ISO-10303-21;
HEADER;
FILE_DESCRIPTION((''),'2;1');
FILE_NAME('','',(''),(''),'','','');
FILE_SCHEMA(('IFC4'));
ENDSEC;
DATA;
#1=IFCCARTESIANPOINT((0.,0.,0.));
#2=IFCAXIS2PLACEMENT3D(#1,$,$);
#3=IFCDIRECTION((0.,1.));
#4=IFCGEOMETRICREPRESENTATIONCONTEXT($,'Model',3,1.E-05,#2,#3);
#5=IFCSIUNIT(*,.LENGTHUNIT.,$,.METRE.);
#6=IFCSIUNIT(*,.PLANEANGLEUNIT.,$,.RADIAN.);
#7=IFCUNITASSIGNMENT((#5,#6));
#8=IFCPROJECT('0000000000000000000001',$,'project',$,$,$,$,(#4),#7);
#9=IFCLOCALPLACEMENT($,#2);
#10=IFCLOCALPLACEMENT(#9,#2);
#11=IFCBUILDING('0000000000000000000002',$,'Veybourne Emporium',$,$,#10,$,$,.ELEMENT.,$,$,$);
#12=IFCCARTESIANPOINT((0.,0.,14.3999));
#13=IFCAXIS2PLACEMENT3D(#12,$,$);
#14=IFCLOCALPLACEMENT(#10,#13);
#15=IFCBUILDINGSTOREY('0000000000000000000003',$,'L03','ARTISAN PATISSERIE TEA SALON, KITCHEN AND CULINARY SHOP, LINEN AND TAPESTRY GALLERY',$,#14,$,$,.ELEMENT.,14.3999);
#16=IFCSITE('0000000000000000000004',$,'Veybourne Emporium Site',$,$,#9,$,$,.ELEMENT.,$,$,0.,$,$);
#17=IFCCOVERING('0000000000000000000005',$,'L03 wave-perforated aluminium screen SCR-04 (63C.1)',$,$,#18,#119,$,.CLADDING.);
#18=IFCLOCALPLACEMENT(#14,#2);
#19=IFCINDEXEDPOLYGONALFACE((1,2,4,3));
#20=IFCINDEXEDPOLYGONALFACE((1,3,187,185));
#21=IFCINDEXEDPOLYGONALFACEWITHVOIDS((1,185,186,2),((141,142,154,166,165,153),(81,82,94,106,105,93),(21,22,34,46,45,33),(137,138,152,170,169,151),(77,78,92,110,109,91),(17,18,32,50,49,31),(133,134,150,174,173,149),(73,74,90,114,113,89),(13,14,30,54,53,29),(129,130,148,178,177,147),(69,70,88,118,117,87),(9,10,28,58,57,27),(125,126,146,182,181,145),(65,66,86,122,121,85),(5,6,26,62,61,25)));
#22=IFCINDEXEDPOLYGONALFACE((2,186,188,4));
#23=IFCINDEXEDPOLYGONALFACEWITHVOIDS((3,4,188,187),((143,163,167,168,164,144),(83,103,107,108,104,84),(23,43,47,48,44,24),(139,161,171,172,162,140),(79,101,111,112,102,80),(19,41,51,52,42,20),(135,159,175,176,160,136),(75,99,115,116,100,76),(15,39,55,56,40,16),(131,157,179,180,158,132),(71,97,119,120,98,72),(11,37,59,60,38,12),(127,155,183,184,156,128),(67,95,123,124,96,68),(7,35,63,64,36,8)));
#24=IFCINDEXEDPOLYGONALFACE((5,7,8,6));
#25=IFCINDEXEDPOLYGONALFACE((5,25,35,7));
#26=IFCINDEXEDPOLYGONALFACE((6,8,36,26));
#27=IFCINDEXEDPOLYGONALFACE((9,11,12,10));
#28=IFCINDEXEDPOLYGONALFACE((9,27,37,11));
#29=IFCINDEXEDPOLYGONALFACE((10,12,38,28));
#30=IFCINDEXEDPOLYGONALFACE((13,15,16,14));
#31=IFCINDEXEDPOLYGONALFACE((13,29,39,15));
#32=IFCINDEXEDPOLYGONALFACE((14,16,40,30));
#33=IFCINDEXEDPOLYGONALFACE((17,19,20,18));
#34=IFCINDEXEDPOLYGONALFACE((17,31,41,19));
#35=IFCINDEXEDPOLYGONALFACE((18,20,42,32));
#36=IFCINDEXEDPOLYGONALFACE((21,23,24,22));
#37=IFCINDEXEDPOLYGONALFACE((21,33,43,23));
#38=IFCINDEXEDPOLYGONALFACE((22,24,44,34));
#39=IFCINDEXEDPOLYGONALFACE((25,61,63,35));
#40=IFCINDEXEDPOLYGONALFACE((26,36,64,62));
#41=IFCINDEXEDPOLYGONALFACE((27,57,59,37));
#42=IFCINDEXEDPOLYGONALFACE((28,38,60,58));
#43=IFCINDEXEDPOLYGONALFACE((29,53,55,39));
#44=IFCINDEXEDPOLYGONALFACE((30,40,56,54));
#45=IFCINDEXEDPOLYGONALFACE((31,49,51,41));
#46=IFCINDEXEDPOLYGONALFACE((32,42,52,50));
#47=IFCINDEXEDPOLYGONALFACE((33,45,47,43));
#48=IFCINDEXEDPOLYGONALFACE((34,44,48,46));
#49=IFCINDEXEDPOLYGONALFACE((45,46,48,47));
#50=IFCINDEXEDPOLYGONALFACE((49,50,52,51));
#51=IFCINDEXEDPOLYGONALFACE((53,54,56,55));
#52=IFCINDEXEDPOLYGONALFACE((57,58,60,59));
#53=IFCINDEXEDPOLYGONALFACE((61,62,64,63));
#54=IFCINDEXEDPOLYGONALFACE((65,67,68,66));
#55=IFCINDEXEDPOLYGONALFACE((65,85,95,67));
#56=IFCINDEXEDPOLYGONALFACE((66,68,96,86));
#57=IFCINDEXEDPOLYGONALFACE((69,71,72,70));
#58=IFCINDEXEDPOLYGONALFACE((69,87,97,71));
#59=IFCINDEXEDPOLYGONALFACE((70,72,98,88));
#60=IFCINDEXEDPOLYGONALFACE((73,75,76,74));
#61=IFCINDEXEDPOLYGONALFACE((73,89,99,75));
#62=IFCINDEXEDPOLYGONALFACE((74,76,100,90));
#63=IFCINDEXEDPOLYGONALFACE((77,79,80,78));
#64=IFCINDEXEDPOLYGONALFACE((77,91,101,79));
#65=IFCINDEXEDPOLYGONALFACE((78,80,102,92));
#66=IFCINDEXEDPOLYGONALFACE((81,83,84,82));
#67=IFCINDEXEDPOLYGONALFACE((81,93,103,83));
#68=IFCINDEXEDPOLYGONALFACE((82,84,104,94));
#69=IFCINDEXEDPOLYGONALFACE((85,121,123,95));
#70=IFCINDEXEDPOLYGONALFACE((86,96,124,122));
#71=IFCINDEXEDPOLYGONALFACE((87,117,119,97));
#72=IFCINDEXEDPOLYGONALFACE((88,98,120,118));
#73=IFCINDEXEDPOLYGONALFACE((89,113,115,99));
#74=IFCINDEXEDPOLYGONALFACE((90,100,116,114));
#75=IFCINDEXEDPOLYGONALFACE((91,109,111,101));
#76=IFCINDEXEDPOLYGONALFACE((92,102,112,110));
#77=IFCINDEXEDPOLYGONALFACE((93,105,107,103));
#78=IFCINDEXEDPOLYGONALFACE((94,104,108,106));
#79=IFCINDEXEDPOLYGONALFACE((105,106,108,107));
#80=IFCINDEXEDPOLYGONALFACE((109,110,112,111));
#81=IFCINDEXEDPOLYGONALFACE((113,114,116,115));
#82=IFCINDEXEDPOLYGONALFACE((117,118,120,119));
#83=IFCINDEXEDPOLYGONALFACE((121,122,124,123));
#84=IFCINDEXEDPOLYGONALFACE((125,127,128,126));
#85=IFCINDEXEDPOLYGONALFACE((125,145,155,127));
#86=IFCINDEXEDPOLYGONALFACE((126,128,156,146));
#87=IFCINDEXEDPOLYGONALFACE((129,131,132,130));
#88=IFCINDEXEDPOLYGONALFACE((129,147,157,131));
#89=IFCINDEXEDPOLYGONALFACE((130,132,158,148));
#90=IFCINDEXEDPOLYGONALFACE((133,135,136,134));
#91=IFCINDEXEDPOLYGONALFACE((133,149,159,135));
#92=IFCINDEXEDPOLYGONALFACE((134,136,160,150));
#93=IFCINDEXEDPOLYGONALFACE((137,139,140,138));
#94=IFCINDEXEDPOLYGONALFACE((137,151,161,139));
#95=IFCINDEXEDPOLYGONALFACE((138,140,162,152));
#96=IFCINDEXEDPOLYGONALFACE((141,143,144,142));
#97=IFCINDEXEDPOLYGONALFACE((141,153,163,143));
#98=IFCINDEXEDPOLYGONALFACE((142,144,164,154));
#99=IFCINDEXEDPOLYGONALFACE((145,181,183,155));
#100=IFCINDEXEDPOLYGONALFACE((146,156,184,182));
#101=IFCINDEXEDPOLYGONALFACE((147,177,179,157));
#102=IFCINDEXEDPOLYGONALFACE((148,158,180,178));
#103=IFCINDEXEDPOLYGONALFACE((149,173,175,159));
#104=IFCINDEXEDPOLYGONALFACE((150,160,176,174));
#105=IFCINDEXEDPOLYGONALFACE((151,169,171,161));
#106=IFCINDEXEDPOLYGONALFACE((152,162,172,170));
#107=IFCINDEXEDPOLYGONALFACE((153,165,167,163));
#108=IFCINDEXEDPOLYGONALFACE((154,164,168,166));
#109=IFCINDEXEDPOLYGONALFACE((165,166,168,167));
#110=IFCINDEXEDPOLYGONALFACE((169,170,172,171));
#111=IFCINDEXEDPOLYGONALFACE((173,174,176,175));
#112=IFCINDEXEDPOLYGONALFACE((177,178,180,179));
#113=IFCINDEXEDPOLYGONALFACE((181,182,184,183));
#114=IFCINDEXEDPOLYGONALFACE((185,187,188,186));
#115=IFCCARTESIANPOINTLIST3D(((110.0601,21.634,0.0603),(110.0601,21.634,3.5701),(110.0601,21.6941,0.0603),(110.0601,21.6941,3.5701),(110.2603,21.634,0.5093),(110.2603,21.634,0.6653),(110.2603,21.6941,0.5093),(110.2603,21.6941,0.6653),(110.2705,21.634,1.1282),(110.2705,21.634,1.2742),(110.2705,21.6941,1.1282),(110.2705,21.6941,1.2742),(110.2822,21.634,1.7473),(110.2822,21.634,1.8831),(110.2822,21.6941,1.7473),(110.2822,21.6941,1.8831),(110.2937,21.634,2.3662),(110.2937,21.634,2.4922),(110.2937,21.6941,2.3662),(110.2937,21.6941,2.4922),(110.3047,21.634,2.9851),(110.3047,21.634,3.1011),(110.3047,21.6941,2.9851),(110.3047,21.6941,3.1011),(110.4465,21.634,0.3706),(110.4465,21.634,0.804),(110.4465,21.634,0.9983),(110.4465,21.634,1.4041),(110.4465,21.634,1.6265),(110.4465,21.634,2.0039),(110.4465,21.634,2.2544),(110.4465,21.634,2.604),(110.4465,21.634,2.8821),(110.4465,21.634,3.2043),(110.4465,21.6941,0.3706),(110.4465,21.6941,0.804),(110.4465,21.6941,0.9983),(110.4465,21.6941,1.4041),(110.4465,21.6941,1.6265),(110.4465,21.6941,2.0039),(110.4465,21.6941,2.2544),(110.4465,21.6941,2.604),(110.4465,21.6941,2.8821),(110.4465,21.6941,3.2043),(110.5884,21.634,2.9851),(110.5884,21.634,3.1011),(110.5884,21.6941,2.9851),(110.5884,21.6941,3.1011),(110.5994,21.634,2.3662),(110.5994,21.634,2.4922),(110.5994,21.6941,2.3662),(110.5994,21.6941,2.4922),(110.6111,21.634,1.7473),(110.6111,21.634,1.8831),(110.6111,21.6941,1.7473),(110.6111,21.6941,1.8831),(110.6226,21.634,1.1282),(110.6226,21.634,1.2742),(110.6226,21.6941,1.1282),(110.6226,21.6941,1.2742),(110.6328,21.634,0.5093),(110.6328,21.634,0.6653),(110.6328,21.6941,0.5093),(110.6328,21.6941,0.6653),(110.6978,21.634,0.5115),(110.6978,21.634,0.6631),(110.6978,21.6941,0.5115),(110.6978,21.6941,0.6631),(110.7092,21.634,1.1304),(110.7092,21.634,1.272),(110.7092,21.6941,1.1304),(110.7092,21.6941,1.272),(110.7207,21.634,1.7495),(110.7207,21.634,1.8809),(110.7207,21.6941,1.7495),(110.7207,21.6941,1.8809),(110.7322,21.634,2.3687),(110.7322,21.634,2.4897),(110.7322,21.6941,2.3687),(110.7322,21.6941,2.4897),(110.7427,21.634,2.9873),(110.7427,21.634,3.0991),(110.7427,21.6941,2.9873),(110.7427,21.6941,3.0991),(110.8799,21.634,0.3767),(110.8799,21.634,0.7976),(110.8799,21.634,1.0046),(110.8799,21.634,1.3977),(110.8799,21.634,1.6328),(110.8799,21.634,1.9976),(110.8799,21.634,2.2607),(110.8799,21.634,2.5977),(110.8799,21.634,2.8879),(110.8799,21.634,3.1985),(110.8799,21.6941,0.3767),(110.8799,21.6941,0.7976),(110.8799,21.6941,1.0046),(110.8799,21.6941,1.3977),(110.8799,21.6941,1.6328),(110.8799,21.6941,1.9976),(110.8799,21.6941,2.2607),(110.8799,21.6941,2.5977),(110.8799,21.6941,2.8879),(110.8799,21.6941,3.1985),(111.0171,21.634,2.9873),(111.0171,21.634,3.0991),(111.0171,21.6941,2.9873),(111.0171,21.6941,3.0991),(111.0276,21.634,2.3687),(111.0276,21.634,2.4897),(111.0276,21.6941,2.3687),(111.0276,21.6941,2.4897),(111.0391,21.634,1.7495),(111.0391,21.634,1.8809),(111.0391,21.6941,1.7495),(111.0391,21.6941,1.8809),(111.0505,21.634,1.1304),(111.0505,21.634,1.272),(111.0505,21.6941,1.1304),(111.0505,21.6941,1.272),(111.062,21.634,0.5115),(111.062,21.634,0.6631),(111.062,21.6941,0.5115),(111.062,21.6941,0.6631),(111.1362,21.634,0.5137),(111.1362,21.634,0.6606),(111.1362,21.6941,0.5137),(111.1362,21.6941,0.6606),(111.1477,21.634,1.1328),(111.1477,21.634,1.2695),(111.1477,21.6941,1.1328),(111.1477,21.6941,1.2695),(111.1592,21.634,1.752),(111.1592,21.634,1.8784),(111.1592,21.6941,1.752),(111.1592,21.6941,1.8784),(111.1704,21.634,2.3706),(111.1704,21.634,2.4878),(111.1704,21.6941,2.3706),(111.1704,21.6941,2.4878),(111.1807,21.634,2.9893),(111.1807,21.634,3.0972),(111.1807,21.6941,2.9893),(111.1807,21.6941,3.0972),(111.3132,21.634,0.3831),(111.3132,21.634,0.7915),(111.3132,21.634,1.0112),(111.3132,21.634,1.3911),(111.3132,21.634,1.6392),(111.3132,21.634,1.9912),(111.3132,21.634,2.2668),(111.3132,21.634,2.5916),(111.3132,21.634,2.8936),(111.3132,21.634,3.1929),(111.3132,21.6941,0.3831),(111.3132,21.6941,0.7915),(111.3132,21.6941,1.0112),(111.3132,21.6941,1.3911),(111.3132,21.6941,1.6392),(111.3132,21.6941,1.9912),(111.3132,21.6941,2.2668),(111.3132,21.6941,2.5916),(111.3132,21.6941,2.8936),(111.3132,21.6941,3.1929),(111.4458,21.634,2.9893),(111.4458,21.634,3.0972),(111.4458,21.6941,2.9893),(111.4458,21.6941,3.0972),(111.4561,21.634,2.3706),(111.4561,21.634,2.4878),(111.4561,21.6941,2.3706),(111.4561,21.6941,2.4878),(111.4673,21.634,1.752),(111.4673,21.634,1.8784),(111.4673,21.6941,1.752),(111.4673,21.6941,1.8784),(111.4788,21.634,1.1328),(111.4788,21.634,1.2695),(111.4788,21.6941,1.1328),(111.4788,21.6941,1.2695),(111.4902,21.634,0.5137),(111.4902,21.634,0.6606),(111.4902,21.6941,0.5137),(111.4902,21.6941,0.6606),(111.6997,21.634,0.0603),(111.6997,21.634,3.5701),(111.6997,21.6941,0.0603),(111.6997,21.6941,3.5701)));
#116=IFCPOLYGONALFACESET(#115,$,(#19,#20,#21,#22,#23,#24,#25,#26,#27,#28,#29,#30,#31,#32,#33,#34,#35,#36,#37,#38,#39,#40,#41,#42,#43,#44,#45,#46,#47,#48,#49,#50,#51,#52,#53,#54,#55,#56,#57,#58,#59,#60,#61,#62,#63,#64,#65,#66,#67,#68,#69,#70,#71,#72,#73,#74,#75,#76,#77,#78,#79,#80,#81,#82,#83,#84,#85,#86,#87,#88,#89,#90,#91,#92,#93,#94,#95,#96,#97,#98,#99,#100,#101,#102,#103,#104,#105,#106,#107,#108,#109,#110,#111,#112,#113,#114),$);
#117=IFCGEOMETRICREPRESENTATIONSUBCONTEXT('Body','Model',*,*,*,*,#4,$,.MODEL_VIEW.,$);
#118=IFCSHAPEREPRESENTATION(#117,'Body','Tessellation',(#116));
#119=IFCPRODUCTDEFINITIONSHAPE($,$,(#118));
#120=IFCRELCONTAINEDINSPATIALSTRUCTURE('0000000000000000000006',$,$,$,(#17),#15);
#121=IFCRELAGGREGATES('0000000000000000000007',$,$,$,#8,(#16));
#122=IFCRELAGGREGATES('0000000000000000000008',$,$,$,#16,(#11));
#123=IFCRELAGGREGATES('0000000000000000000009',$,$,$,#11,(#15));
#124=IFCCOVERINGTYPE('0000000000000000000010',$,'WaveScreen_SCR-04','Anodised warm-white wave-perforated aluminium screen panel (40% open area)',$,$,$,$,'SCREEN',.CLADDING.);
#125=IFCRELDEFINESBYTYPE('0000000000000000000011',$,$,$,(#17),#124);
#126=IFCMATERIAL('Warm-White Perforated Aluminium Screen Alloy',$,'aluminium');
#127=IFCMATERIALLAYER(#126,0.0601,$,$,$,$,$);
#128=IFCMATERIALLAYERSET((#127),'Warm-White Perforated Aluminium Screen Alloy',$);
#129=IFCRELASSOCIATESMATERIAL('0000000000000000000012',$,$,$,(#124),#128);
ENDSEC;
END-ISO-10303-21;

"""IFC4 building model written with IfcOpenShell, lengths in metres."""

from ifc_helpers import new_model, si_unit, direction, frame, origin, place, context, subcontext, project, spatial, polyline, outline, extrude, material, layer, layer_set, type_object, element, save


model = new_model("IFC4")

# Units and contexts
model_context = context("Model", 3, precision=1e-05, world=origin(), true_north=direction((0.0, 1.0)))
body_context = subcontext(model_context, "Body", "Model", "MODEL_VIEW")
ifc_project = project(units=[si_unit("LENGTHUNIT", "METRE"), si_unit("PLANEANGLEUNIT", "RADIAN")], contexts=[model_context])

# Site, building, storey
site_placement = place(None, origin())
site = spatial("IfcSite", under=ifc_project, at=site_placement, Name="Veybourne Emporium Site", CompositionType="ELEMENT", RefElevation=0.0)
building_placement = place(site_placement, origin())
building = spatial("IfcBuilding", under=site, at=building_placement, Name="Veybourne Emporium", CompositionType="ELEMENT")
storey_placement = place(building_placement, frame((0.0, 0.0, 14.3999)))
storey = spatial("IfcBuildingStorey", under=building, at=storey_placement, Name="L03", Description="ARTISAN PATISSERIE TEA SALON, KITCHEN AND CULINARY SHOP, LINEN AND TAPESTRY GALLERY", CompositionType="ELEMENT", Elevation=14.3999)

# Covering
ifc_material_1 = material(Name="Warm-White Perforated Aluminium Screen Alloy", Category="aluminium")
ifc_layer_1 = layer(ifc_material_1, 0.0601)
ifc_layer_set_1 = layer_set([ifc_layer_1], Name="Warm-White Perforated Aluminium Screen Alloy")
covering_type = type_object("IfcCoveringType", Name="WaveScreen_SCR-04", Description="Anodised warm-white wave-perforated aluminium screen panel (40% open area)", ElementType="SCREEN", PredefinedType="CLADDING", material=ifc_layer_set_1)
covering_placement = place(storey_placement, frame((110.8799, 21.6941, 1.8152), z_axis=(0.0, -1.0, 0.0), x_axis=(1.0, 0.0, 0.0)))
element("IfcCovering", 1, at=covering_placement, inside=storey, type_object=covering_type, Name="L03 wave-perforated aluminium screen SCR-04 (63C.1)", PredefinedType="CLADDING", context=body_context, shape_type="SweptSolid", body=[
    extrude(outline(polyline([(-0.8198, -1.7549), (0.8198, -1.7549), (0.8198, 1.7549), (-0.8198, 1.7549), (-0.8198, -1.7549)]), holes=[polyline([(-0.4333, -1.0112), (-0.2471, -1.1499), (-0.2471, -1.3059), (-0.4333, -1.4446), (-0.6196, -1.3059), (-0.6196, -1.1499), (-0.4333, -1.0112)]), polyline([(-0.4333, -0.4111), (-0.2573, -0.541), (-0.2573, -0.687), (-0.4333, -0.8169), (-0.6094, -0.687), (-0.6094, -0.541), (-0.4333, -0.4111)]), polyline([(-0.4333, 0.1887), (-0.2688, 0.0679), (-0.2688, -0.0679), (-0.4333, -0.1887), (-0.5977, -0.0679), (-0.5977, 0.0679), (-0.4333, 0.1887)]), polyline([(-0.4333, 0.7888), (-0.2805, 0.677), (-0.2805, 0.551), (-0.4333, 0.4392), (-0.5862, 0.551), (-0.5862, 0.677), (-0.4333, 0.7888)]), polyline([(-0.4333, 1.3892), (-0.2915, 1.2859), (-0.2915, 1.1699), (-0.4333, 1.0669), (-0.5752, 1.1699), (-0.5752, 1.2859), (-0.4333, 1.3892)]), polyline([(0.0, -1.0176), (0.1821, -1.1521), (0.1821, -1.3037), (0.0, -1.4385), (-0.1821, -1.3037), (-0.1821, -1.1521), (0.0, -1.0176)]), polyline([(0.0, -0.4175), (0.1707, -0.5432), (0.1707, -0.6848), (0.0, -0.8105), (-0.1707, -0.6848), (-0.1707, -0.5432), (0.0, -0.4175)]), polyline([(0.0, 0.1824), (0.1592, 0.0657), (0.1592, -0.0657), (0.0, -0.1824), (-0.1592, -0.0657), (-0.1592, 0.0657), (0.0, 0.1824)]), polyline([(0.0, 0.7825), (0.1477, 0.6746), (0.1477, 0.5535), (0.0, 0.4456), (-0.1477, 0.5535), (-0.1477, 0.6746), (0.0, 0.7825)]), polyline([(0.0, 1.3833), (0.1372, 1.2839), (0.1372, 1.1721), (0.0, 1.0728), (-0.1372, 1.1721), (-0.1372, 1.2839), (0.0, 1.3833)]), polyline([(0.4333, -1.0237), (0.6104, -1.1545), (0.6104, -1.3015), (0.4333, -1.4321), (0.2563, -1.3015), (0.2563, -1.1545), (0.4333, -1.0237)]), polyline([(0.4333, -0.4241), (0.5989, -0.5457), (0.5989, -0.6824), (0.4333, -0.804), (0.2678, -0.6824), (0.2678, -0.5457), (0.4333, -0.4241)]), polyline([(0.4333, 0.176), (0.5874, 0.0632), (0.5874, -0.0632), (0.4333, -0.176), (0.2793, -0.0632), (0.2793, 0.0632), (0.4333, 0.176)]), polyline([(0.4333, 0.7764), (0.5762, 0.6726), (0.5762, 0.5554), (0.4333, 0.4517), (0.2905, 0.5554), (0.2905, 0.6726), (0.4333, 0.7764)]), polyline([(0.4333, 1.3777), (0.5659, 1.282), (0.5659, 1.1741), (0.4333, 1.0784), (0.3008, 1.1741), (0.3008, 1.282), (0.4333, 1.3777)])]), origin(), (0.0, 0.0, 1.0), 0.0601),
])

save(model, "model.ifc")
